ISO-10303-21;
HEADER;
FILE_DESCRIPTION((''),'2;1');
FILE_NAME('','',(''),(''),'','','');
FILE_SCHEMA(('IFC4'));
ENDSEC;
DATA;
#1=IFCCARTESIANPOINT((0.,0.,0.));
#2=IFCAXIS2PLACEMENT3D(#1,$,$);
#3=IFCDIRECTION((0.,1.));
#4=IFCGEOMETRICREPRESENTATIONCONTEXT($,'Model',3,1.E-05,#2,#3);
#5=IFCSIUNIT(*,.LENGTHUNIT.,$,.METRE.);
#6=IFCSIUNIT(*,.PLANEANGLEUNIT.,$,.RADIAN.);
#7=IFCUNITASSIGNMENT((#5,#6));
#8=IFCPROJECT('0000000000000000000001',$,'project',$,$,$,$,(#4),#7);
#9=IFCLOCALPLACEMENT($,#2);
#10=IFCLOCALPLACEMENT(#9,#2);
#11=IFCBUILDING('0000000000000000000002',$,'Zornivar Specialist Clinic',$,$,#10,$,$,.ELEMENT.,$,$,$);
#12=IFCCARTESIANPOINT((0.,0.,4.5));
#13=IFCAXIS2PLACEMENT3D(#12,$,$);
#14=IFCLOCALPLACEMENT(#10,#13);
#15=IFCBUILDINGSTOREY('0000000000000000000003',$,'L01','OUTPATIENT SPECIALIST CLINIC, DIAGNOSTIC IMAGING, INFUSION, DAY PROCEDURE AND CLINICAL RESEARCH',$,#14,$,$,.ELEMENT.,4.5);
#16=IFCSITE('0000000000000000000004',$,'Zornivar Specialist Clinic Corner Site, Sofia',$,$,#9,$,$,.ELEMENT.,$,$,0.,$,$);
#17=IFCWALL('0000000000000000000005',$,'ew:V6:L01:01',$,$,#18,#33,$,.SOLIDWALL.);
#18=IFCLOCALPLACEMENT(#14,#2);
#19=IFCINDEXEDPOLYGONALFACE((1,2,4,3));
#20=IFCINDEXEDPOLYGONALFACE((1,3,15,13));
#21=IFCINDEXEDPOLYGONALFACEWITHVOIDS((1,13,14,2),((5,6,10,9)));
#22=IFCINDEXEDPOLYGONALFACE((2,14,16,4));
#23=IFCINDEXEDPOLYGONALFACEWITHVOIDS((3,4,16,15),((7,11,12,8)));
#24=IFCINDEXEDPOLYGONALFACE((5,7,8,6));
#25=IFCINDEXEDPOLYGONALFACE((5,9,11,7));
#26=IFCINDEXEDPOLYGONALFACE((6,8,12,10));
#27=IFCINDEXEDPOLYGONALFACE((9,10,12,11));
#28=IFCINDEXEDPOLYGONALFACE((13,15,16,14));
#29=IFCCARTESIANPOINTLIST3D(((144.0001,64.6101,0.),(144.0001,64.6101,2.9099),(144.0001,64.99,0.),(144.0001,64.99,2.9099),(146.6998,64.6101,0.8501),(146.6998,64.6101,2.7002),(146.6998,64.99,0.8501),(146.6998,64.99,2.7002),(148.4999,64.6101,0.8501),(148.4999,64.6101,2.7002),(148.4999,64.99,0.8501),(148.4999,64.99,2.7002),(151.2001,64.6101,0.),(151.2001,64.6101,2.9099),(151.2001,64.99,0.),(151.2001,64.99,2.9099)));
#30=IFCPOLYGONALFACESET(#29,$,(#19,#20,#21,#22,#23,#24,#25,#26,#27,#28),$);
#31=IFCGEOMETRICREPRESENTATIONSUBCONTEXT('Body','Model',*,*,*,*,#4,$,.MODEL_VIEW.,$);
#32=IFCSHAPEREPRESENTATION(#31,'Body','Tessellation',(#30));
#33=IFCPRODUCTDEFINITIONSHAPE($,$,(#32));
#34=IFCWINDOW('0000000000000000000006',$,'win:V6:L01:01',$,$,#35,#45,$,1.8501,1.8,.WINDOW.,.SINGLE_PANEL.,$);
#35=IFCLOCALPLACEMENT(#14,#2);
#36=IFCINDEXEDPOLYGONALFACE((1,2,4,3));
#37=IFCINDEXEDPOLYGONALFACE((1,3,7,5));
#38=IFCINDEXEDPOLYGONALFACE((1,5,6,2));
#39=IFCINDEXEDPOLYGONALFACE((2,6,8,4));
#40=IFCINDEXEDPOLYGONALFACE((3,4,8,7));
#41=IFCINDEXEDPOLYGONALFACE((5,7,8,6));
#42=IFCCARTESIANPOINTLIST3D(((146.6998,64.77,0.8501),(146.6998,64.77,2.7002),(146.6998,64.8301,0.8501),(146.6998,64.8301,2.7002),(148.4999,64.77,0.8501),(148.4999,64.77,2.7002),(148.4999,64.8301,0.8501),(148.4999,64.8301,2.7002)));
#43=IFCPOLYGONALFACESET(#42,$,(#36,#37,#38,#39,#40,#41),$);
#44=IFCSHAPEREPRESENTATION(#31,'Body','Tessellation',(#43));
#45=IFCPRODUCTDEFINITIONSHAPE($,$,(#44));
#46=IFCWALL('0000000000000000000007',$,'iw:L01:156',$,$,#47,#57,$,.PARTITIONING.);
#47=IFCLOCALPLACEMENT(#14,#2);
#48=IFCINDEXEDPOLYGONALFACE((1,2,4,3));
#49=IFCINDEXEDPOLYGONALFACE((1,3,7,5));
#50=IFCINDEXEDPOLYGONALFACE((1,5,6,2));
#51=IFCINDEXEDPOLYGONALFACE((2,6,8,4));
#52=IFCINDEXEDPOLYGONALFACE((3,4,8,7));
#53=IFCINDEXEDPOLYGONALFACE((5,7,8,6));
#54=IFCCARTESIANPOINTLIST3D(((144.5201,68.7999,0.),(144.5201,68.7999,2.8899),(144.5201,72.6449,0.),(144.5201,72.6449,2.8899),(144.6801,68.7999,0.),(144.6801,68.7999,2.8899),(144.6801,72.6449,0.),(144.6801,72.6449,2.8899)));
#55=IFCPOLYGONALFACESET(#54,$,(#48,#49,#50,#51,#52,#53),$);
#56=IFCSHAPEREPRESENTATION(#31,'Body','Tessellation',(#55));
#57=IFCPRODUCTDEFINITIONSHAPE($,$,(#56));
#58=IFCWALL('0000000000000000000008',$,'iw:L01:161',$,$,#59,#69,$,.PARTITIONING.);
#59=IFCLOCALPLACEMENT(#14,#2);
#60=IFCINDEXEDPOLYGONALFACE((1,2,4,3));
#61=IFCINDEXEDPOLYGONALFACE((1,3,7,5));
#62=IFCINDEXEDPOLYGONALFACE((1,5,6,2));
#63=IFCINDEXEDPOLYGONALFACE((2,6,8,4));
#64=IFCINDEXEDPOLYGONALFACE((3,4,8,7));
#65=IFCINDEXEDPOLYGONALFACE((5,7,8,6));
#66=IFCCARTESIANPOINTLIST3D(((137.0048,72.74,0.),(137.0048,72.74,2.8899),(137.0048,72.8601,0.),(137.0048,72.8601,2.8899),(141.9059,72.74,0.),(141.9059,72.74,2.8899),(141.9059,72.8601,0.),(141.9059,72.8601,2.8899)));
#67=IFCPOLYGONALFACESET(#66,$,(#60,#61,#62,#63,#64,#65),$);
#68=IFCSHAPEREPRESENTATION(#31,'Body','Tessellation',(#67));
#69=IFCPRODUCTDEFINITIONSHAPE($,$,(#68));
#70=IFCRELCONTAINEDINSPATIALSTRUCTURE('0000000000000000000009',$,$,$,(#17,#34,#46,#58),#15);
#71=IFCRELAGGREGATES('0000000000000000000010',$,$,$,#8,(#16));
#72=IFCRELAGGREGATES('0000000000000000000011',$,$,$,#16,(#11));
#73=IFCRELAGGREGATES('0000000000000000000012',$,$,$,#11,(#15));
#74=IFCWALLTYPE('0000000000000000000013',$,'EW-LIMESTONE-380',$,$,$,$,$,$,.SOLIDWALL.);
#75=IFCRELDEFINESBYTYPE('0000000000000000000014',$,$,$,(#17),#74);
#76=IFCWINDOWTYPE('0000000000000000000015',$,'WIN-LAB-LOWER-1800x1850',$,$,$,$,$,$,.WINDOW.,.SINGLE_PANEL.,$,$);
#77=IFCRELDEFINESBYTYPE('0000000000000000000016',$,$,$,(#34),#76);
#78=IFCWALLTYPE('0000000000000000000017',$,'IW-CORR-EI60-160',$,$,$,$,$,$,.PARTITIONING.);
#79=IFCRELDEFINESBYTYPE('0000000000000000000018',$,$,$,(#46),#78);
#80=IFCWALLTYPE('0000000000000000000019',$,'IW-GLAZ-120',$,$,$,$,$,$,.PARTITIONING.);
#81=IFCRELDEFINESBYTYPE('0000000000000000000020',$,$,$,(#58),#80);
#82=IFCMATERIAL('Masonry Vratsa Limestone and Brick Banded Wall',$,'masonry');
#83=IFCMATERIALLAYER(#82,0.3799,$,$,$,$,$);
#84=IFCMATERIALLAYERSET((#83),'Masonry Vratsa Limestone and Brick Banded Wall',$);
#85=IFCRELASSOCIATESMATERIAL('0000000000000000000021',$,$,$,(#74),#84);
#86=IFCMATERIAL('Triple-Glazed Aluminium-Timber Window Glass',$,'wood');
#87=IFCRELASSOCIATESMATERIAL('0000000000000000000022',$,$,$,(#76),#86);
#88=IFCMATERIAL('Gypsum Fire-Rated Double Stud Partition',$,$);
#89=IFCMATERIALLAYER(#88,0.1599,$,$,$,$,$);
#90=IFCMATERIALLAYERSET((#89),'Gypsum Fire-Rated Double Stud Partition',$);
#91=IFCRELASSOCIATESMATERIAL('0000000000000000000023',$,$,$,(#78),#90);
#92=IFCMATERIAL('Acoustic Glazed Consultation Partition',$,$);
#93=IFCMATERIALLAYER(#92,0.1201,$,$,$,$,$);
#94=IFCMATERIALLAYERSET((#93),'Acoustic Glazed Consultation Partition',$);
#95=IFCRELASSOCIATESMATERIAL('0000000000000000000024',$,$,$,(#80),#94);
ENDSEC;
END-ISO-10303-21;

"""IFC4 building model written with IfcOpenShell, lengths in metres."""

from ifc_helpers import new_model, si_unit, direction, frame, frame_2d, origin, place, context, subcontext, project, spatial, rectangle, extrude, material, layer, layer_set, type_object, element, fill, save


model = new_model("IFC4")

# Units and contexts
model_context = context("Model", 3, precision=1e-05, world=origin(), true_north=direction((0.0, 1.0)))
body_context = subcontext(model_context, "Body", "Model", "MODEL_VIEW")
ifc_project = project(units=[si_unit("LENGTHUNIT", "METRE"), si_unit("PLANEANGLEUNIT", "RADIAN")], contexts=[model_context])

# Site, building, storey
site_placement = place(None, origin())
site = spatial("IfcSite", under=ifc_project, at=site_placement, Name="Zornivar Specialist Clinic Corner Site, Sofia", CompositionType="ELEMENT", RefElevation=0.0)
building_placement = place(site_placement, origin())
building = spatial("IfcBuilding", under=site, at=building_placement, Name="Zornivar Specialist Clinic", CompositionType="ELEMENT")
storey_placement = place(building_placement, frame((0.0, 0.0, 4.5)))
storey = spatial("IfcBuildingStorey", under=building, at=storey_placement, Name="L01", Description="OUTPATIENT SPECIALIST CLINIC, DIAGNOSTIC IMAGING, INFUSION, DAY PROCEDURE AND CLINICAL RESEARCH", CompositionType="ELEMENT", Elevation=4.5)

# Wall, opening, window
ifc_material_1 = material(Name="Masonry Vratsa Limestone and Brick Banded Wall", Category="masonry")
ifc_layer_1 = layer(ifc_material_1, 0.3799)
ifc_layer_set_1 = layer_set([ifc_layer_1], Name="Masonry Vratsa Limestone and Brick Banded Wall")
wall_type_1 = type_object("IfcWallType", Name="EW-LIMESTONE-380", PredefinedType="SOLIDWALL", material=ifc_layer_set_1)
wall_1_placement = place(storey_placement, frame((144.0, 64.8, 0.0), z_axis=(0.0, 0.0, 1.0), x_axis=(1.0, 0.0, 0.0)))
wall_1 = element("IfcWall", 1, at=wall_1_placement, inside=storey, type_object=wall_type_1, Name="ew:V6:L01:01", PredefinedType="SOLIDWALL", context=body_context, shape_type="SweptSolid", body=[
    extrude(rectangle(XDim=7.2, YDim=0.3799, at=frame_2d((3.6001, 0.0))), origin(), (0.0, 0.0, 1.0), 2.9099),
])
opening_placement = place(wall_1_placement, frame((2.7, 0.0, 0.8501)))
opening = element("IfcOpeningElement", 2, at=opening_placement, cuts=wall_1, PredefinedType="OPENING", context=body_context, shape_type="SweptSolid", body=[
    extrude(rectangle(XDim=1.8, YDim=1.8501, at=frame_2d((0.8999, 0.925))), frame((0.0, 0.2, 0.0), z_axis=(0.0, -1.0, 0.0), x_axis=(1.0, 0.0, 0.0)), (0.0, 0.0, 1.0), 0.3999),
])
ifc_material_2 = material(Name="Triple-Glazed Aluminium-Timber Window Glass", Category="wood")
window_type = type_object("IfcWindowType", Name="WIN-LAB-LOWER-1800x1850", PartitioningType="SINGLE_PANEL", PredefinedType="WINDOW", material=ifc_material_2)
window_placement = place(opening_placement, origin())
window = element("IfcWindow", 3, at=window_placement, inside=storey, type_object=window_type, Name="win:V6:L01:01", OverallHeight=1.8501, OverallWidth=1.8, PartitioningType="SINGLE_PANEL", PredefinedType="WINDOW", context=body_context, shape_type="SweptSolid", body=[
    extrude(rectangle(XDim=1.8, YDim=1.8501, at=frame_2d((0.8999, 0.925))), frame((0.0, 0.03, 0.0), z_axis=(0.0, -1.0, 0.0), x_axis=(1.0, 0.0, 0.0)), (0.0, 0.0, 1.0), 0.0601),
])
fill(opening, window)

# Walls
ifc_material_3 = material(Name="Gypsum Fire-Rated Double Stud Partition")
ifc_layer_2 = layer(ifc_material_3, 0.1599)
ifc_layer_set_2 = layer_set([ifc_layer_2], Name="Gypsum Fire-Rated Double Stud Partition")
wall_type_2 = type_object("IfcWallType", Name="IW-CORR-EI60-160", PredefinedType="PARTITIONING", material=ifc_layer_set_2)
wall_2_placement = place(storey_placement, frame((144.6001, 68.8, 0.0), z_axis=(0.0, 0.0, 1.0), x_axis=(0.0, 1.0, 0.0)))
element("IfcWall", 4, at=wall_2_placement, inside=storey, type_object=wall_type_2, Name="iw:L01:156", PredefinedType="PARTITIONING", context=body_context, shape_type="SweptSolid", body=[
    extrude(rectangle(XDim=3.845, YDim=0.1599, at=frame_2d((1.9224, 0.0))), origin(), (0.0, 0.0, 1.0), 2.8899),
])
ifc_material_4 = material(Name="Acoustic Glazed Consultation Partition")
ifc_layer_3 = layer(ifc_material_4, 0.1201)
ifc_layer_set_3 = layer_set([ifc_layer_3], Name="Acoustic Glazed Consultation Partition")
wall_type_3 = type_object("IfcWallType", Name="IW-GLAZ-120", PredefinedType="PARTITIONING", material=ifc_layer_set_3)
wall_3_placement = place(storey_placement, frame((141.906, 72.8, 0.0), z_axis=(0.0, 0.0, 1.0), x_axis=(-1.0, 0.0, 0.0)))
element("IfcWall", 5, at=wall_3_placement, inside=storey, type_object=wall_type_3, Name="iw:L01:161", PredefinedType="PARTITIONING", context=body_context, shape_type="SweptSolid", body=[
    extrude(rectangle(XDim=4.9011, YDim=0.1201, at=frame_2d((2.4507, 0.0))), origin(), (0.0, 0.0, 1.0), 2.8899),
])

save(model, "model.ifc")
